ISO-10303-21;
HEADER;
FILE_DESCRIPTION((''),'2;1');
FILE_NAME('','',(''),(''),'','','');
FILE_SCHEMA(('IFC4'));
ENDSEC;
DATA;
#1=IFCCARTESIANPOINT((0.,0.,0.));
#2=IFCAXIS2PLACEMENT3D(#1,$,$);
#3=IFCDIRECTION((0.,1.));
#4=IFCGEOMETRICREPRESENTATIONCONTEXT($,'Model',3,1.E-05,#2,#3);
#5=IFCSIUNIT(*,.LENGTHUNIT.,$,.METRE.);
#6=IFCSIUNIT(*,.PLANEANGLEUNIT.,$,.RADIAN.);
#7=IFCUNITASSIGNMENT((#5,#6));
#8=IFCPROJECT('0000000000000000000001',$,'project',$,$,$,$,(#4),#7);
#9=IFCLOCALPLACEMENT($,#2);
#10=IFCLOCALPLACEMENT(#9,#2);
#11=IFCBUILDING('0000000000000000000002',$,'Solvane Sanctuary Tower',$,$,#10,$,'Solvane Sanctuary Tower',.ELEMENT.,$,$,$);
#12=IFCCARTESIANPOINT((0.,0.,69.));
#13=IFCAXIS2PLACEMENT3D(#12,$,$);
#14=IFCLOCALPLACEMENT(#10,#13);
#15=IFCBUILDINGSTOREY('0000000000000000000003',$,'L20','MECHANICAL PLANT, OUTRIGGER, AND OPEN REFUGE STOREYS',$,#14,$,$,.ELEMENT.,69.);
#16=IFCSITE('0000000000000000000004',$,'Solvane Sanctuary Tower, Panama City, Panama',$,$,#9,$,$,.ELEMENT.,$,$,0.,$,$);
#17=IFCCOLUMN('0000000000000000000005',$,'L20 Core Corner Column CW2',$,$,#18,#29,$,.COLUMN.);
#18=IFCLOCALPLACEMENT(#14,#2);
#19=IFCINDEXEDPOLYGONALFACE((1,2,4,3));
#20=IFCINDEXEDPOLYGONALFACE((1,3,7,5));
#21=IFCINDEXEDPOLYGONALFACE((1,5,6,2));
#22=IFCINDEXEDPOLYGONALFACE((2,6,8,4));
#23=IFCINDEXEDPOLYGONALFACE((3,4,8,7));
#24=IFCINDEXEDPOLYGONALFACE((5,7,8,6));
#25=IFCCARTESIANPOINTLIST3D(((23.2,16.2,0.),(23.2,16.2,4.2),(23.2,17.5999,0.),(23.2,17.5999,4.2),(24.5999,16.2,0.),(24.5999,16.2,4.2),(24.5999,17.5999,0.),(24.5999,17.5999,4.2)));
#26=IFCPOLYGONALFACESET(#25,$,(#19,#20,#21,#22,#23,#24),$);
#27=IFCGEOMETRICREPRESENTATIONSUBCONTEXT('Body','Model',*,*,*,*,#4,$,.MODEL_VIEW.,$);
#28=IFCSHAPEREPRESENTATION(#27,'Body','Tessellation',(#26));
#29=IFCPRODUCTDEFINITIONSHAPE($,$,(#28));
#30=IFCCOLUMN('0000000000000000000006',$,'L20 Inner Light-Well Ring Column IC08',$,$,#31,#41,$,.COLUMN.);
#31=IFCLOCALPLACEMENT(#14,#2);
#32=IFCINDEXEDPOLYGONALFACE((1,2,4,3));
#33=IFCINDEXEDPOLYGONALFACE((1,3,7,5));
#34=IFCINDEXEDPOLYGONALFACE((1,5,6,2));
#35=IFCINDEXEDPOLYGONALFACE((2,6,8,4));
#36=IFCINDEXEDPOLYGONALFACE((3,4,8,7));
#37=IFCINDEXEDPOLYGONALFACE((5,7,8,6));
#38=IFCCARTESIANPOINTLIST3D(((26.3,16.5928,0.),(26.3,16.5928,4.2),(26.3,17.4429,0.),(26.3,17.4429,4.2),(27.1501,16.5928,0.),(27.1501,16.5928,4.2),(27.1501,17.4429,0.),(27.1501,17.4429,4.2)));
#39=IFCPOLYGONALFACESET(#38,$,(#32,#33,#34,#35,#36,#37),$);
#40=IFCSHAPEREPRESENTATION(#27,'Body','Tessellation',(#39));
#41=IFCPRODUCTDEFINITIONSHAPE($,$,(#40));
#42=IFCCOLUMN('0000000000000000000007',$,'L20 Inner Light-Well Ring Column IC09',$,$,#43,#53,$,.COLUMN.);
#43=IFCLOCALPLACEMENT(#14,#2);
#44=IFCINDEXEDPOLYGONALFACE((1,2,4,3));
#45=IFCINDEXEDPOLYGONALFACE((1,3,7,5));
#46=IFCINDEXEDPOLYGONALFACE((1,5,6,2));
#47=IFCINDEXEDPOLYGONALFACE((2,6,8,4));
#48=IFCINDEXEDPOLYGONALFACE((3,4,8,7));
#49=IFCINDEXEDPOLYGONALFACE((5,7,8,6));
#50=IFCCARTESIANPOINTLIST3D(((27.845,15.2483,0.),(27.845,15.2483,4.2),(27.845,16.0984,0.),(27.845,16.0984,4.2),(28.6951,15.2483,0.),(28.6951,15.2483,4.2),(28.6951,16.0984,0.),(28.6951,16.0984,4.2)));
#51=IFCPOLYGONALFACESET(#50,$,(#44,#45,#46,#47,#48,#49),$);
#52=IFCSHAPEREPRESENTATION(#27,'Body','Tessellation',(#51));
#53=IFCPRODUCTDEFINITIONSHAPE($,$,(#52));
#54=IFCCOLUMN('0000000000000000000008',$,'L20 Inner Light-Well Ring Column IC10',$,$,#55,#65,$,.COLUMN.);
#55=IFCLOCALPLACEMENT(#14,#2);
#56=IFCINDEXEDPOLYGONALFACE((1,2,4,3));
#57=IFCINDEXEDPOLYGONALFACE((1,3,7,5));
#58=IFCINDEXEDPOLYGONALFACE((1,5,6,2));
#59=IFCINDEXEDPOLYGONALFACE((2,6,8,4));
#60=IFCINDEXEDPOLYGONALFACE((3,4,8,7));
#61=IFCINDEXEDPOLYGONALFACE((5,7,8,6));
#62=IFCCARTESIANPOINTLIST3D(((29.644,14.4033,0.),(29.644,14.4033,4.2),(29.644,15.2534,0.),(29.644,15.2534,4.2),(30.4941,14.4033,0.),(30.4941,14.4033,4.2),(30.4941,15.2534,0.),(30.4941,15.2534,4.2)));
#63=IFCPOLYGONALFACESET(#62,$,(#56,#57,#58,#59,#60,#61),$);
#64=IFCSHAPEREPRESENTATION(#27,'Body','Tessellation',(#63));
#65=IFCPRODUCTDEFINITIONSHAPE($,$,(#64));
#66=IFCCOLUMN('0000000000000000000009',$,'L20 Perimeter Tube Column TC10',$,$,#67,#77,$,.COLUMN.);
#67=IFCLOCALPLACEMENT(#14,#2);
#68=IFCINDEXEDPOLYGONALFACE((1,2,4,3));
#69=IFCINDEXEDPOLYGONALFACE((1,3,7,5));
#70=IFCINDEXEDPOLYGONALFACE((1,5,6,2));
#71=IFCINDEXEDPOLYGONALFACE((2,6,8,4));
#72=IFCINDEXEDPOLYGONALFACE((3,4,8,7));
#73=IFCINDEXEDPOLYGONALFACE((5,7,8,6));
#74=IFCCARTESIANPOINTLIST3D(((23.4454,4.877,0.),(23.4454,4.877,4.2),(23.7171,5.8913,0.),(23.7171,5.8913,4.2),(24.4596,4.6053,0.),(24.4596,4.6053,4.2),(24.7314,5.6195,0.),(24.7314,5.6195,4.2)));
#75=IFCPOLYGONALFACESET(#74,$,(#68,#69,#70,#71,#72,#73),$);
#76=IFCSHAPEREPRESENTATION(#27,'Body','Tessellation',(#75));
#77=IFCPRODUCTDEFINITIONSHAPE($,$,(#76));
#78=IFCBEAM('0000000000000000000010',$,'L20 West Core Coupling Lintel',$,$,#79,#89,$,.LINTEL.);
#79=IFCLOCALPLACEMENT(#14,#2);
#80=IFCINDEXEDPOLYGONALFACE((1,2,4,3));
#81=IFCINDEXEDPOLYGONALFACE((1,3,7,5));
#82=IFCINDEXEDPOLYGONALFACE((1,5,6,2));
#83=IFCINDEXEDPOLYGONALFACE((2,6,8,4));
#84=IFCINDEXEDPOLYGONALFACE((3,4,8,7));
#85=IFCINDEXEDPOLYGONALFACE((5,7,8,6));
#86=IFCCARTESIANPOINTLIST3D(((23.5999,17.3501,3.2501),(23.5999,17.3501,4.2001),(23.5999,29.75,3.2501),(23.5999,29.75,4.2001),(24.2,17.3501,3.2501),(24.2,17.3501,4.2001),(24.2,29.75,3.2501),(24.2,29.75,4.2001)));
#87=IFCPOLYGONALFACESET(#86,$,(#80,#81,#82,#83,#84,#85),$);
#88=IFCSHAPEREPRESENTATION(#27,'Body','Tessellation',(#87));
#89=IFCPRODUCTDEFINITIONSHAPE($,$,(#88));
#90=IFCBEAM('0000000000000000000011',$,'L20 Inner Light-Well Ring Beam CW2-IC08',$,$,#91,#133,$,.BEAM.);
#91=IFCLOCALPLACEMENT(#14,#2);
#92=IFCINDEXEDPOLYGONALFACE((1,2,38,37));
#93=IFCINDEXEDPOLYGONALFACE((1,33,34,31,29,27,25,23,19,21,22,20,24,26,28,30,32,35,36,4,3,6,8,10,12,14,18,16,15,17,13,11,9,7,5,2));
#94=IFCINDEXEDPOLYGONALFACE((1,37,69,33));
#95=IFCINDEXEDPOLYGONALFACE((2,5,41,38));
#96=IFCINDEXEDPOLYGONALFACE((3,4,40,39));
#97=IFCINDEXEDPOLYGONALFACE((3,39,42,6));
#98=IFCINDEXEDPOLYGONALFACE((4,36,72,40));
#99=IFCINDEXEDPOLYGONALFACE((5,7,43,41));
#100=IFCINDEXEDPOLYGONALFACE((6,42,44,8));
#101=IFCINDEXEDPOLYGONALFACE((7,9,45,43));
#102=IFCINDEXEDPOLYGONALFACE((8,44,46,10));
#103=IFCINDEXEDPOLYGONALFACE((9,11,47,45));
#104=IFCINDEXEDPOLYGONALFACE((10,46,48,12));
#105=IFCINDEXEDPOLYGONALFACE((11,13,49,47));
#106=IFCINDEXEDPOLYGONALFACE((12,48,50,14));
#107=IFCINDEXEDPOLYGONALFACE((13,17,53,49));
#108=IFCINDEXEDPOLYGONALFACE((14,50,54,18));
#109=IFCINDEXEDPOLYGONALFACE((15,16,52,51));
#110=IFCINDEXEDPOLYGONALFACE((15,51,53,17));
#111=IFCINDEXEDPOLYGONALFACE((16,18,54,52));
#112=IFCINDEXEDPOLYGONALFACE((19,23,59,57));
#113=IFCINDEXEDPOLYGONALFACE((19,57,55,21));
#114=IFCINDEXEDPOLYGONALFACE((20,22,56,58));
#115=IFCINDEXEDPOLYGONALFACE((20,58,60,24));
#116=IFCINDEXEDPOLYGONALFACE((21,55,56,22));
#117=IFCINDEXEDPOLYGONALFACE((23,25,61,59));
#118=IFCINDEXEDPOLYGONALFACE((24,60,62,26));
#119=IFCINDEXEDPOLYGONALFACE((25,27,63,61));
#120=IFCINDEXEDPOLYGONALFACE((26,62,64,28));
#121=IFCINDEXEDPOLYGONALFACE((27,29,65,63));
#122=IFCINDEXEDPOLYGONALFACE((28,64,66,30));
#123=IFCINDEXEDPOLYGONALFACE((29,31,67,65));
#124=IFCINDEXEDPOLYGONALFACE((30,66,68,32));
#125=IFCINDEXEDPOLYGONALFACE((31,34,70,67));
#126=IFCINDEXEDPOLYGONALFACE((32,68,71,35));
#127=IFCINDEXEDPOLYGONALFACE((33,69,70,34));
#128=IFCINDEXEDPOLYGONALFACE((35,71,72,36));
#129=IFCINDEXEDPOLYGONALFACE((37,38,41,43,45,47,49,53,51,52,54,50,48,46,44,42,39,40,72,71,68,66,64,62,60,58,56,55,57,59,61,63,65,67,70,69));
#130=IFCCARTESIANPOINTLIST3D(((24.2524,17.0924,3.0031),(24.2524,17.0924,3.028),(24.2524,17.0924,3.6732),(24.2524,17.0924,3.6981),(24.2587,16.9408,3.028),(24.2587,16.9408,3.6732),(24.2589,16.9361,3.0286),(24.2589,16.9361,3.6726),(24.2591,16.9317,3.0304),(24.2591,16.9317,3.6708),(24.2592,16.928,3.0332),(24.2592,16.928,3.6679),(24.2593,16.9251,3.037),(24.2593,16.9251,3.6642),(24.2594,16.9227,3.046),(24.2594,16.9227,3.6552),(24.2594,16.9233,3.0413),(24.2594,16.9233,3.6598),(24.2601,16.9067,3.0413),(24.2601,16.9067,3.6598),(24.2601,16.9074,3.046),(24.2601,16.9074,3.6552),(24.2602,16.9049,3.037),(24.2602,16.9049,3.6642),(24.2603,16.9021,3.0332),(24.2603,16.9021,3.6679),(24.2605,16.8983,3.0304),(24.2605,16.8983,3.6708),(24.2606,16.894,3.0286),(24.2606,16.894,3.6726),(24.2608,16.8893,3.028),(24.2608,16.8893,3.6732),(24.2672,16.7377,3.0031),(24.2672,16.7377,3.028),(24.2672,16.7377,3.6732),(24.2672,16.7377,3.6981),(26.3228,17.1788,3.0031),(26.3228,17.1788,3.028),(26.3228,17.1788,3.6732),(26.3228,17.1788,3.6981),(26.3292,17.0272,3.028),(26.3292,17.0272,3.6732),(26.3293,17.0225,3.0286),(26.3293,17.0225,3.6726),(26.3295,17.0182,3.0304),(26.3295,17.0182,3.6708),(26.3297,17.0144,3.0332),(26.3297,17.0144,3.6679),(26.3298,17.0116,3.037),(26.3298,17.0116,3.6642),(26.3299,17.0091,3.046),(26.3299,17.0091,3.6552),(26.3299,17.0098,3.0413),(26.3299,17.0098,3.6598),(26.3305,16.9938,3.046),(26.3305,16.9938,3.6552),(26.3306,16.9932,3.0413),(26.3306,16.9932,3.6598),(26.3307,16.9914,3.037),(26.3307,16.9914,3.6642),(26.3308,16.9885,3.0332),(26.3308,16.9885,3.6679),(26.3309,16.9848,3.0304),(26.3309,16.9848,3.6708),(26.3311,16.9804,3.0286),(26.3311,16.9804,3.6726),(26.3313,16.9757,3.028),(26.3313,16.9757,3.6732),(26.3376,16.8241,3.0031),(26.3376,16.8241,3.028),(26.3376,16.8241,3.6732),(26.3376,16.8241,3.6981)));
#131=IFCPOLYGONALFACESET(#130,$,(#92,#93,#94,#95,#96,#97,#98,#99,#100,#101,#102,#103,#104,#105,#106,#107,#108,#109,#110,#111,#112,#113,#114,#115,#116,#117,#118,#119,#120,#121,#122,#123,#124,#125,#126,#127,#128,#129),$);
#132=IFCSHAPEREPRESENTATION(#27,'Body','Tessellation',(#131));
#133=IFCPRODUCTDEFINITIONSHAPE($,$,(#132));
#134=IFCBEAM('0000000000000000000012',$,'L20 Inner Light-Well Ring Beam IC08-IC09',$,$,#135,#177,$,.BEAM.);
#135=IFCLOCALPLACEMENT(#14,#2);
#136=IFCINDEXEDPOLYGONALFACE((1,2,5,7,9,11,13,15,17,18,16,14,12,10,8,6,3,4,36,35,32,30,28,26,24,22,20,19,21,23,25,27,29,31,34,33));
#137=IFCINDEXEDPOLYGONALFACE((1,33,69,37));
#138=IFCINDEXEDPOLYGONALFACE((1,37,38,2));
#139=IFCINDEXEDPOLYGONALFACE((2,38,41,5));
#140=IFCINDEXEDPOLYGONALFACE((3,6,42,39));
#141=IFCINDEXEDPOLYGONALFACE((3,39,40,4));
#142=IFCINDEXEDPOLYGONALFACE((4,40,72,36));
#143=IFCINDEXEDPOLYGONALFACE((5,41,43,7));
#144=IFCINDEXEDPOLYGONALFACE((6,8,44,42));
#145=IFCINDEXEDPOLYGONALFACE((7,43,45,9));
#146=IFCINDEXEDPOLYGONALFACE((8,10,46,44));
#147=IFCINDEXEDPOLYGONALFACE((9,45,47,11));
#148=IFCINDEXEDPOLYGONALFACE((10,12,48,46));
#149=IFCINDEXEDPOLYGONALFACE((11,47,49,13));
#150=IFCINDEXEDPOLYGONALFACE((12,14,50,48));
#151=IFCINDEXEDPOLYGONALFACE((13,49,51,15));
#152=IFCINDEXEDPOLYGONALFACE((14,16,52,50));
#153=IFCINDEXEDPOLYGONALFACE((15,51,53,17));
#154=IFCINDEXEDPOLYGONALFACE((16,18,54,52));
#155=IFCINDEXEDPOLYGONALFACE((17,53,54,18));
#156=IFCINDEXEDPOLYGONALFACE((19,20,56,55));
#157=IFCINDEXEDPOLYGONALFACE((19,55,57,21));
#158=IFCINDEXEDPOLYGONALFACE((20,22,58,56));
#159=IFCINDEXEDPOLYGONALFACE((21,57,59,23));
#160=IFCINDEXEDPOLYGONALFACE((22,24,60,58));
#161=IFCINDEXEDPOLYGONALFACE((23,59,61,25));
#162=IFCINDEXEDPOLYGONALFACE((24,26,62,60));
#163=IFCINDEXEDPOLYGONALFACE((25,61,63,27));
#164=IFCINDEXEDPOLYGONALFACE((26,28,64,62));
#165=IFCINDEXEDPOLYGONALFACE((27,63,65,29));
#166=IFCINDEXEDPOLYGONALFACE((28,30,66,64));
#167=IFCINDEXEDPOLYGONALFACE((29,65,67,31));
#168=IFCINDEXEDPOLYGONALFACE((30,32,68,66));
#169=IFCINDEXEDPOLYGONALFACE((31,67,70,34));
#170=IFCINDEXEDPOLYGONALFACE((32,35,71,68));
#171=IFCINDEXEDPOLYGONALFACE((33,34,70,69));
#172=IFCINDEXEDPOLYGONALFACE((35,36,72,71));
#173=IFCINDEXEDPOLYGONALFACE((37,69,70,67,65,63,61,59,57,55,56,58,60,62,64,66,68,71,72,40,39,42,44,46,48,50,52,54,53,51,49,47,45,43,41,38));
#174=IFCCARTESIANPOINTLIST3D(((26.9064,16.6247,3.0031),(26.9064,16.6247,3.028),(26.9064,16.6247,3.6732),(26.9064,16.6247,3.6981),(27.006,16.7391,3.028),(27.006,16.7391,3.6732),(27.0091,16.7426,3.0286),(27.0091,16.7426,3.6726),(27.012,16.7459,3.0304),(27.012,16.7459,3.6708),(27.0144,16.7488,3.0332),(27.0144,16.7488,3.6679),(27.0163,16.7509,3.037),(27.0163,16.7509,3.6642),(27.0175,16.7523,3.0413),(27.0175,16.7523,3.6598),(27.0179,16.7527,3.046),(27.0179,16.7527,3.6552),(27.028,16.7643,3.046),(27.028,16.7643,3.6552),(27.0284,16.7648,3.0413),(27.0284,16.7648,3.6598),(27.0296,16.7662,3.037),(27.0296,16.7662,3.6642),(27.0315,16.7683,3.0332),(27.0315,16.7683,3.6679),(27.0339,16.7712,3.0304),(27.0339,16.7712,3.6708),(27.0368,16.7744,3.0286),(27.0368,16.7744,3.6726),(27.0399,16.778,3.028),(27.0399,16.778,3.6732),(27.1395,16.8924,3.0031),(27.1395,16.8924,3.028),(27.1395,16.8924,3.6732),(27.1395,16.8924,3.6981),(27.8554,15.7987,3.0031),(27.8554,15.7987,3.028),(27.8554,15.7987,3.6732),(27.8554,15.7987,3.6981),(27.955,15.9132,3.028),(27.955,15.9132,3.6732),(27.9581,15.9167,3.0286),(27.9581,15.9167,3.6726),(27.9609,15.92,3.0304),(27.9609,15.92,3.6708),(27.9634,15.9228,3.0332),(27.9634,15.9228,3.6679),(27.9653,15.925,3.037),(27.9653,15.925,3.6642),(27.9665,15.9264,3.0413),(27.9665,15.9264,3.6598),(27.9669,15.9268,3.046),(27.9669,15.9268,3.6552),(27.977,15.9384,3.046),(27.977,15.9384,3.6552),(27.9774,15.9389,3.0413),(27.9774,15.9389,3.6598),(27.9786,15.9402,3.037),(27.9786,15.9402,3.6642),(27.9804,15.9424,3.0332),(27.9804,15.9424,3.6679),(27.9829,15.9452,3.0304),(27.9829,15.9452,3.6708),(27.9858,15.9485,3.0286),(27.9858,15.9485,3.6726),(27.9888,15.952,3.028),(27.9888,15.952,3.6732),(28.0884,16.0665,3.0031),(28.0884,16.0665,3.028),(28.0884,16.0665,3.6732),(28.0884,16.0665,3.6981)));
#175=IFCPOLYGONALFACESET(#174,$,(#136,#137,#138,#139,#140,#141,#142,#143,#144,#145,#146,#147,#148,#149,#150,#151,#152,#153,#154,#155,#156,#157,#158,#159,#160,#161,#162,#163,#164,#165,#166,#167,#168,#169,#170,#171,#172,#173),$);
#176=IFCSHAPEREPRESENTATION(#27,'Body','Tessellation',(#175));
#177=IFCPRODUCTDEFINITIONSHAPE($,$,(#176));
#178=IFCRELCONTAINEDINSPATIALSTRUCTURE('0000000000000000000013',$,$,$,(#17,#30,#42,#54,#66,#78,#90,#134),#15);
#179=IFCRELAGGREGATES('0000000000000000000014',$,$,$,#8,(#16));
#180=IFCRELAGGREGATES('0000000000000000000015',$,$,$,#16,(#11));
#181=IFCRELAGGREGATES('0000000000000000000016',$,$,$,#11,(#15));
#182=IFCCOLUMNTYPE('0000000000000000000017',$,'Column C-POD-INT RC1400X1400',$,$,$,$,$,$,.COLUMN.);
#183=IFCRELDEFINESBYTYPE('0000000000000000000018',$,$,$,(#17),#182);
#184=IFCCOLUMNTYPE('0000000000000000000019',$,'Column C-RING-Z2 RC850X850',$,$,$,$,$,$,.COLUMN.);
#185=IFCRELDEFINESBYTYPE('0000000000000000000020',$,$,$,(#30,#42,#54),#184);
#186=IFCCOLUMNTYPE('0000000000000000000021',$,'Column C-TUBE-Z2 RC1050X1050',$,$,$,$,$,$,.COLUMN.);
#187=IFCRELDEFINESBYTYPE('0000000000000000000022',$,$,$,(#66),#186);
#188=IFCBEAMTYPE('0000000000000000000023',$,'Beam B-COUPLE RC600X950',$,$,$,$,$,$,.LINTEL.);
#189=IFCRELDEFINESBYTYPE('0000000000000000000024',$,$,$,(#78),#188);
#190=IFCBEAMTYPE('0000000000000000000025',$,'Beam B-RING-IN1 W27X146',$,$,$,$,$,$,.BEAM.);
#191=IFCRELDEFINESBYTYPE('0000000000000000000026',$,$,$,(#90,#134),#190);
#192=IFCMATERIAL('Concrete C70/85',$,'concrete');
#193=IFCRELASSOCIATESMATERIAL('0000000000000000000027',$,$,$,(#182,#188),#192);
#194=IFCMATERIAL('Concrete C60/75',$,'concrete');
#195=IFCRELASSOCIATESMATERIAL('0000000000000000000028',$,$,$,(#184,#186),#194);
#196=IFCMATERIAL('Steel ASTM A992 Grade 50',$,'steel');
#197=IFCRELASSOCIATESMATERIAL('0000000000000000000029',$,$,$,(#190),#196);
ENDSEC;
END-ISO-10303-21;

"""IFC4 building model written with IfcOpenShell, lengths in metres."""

from ifc_helpers import new_model, si_unit, direction, frame, origin, origin_2d, place, context, subcontext, project, spatial, rectangle, i_section, extrude, material, material_profile, profile_set, type_object, element, save


model = new_model("IFC4")

# Units and contexts
model_context = context("Model", 3, precision=1e-05, world=origin(), true_north=direction((0.0, 1.0)))
body_context = subcontext(model_context, "Body", "Model", "MODEL_VIEW")
ifc_project = project(units=[si_unit("LENGTHUNIT", "METRE"), si_unit("PLANEANGLEUNIT", "RADIAN")], contexts=[model_context])

# Site, building, storey
site_placement = place(None, origin())
site = spatial("IfcSite", under=ifc_project, at=site_placement, Name="Solvane Sanctuary Tower, Panama City, Panama", CompositionType="ELEMENT", RefElevation=0.0)
building_placement = place(site_placement, origin())
building = spatial("IfcBuilding", under=site, at=building_placement, Name="Solvane Sanctuary Tower", LongName="Solvane Sanctuary Tower", CompositionType="ELEMENT")
storey_placement = place(building_placement, frame((0.0, 0.0, 69.0)))
storey = spatial("IfcBuildingStorey", under=building, at=storey_placement, Name="L20", Description="MECHANICAL PLANT, OUTRIGGER, AND OPEN REFUGE STOREYS", CompositionType="ELEMENT", Elevation=69.0)

# Columns
ifc_material_1 = material(Name="Concrete C70/85", Category="concrete")
ifc_material_profile_1 = material_profile(ifc_material_1, rectangle(XDim=1.3999, YDim=1.3999, at=origin_2d()), Name="RC1400X1400")
ifc_profile_set_1 = profile_set([ifc_material_profile_1], Name="Concrete C70/85")
column_type_1 = type_object("IfcColumnType", Name="Column C-POD-INT RC1400X1400", PredefinedType="COLUMN", material=ifc_profile_set_1)
column_1_placement = place(storey_placement, frame((23.8999, 16.8999, 0.0), z_axis=(0.0, 0.0, 1.0), x_axis=(1.0, 0.0, 0.0)))
element("IfcColumn", 1, at=column_1_placement, inside=storey, type_object=column_type_1, Name="L20 Core Corner Column CW2", PredefinedType="COLUMN", context=body_context, shape_type="SweptSolid", body=[
    extrude(rectangle(XDim=1.3999, YDim=1.3999, at=origin_2d()), origin(), (0.0, 0.0, 1.0), 4.2),
])
ifc_material_2 = material(Name="Concrete C60/75", Category="concrete")
ifc_material_profile_2 = material_profile(ifc_material_2, rectangle(XDim=0.8501, YDim=0.8501, at=origin_2d()), Name="RC850X850")
ifc_profile_set_2 = profile_set([ifc_material_profile_2], Name="Concrete C60/75")
column_type_2 = type_object("IfcColumnType", Name="Column C-RING-Z2 RC850X850", PredefinedType="COLUMN", material=ifc_profile_set_2)
for number, where, z_axis, x_axis, name in (
    (2, (26.7251, 17.0178, 0.0), (0.0, 0.0, 1.0), (1.0, 0.0, 0.0), "L20 Inner Light-Well Ring Column IC08"),
    (3, (28.27, 15.6733, 0.0), (0.0, 0.0, 1.0), (1.0, 0.0, 0.0), "L20 Inner Light-Well Ring Column IC09"),
    (4, (30.0691, 14.8284, 0.0), (0.0, 0.0, 1.0), (1.0, 0.0, 0.0), "L20 Inner Light-Well Ring Column IC10"),
):
    element("IfcColumn", number, at=place(storey_placement, frame(where, z_axis=z_axis, x_axis=x_axis)), inside=storey, type_object=column_type_2, Name=name, PredefinedType="COLUMN", context=body_context, shape_type="SweptSolid", body=[
        extrude(rectangle(XDim=0.8501, YDim=0.8501, at=origin_2d()), origin(), (0.0, 0.0, 1.0), 4.2),
    ])
ifc_material_profile_3 = material_profile(ifc_material_2, rectangle(XDim=1.05, YDim=1.05, at=origin_2d()), Name="RC1050X1050")
ifc_profile_set_3 = profile_set([ifc_material_profile_3], Name="Concrete C60/75")
column_type_3 = type_object("IfcColumnType", Name="Column C-TUBE-Z2 RC1050X1050", PredefinedType="COLUMN", material=ifc_profile_set_3)
column_2_placement = place(storey_placement, frame((24.0884, 5.2483, 0.0), z_axis=(0.0, 0.0, 1.0), x_axis=(-0.258819, -0.965926, 0.0)))
element("IfcColumn", 5, at=column_2_placement, inside=storey, type_object=column_type_3, Name="L20 Perimeter Tube Column TC10", PredefinedType="COLUMN", context=body_context, shape_type="SweptSolid", body=[
    extrude(rectangle(XDim=1.05, YDim=1.05, at=origin_2d()), origin(), (0.0, 0.0, 1.0), 4.2),
])

# Beams
ifc_material_profile_4 = material_profile(ifc_material_1, rectangle(XDim=0.6001, YDim=0.95, at=origin_2d()), Name="RC600X950")
ifc_profile_set_4 = profile_set([ifc_material_profile_4], Name="Concrete C70/85")
beam_type_1 = type_object("IfcBeamType", Name="Beam B-COUPLE RC600X950", PredefinedType="LINTEL", material=ifc_profile_set_4)
beam_1_placement = place(storey_placement, frame((23.8999, 17.3501, 3.7251), z_axis=(0.0, 1.0, 0.0), x_axis=(-1.0, 0.0, 0.0)))
element("IfcBeam", 6, at=beam_1_placement, inside=storey, type_object=beam_type_1, Name="L20 West Core Coupling Lintel", PredefinedType="LINTEL", context=body_context, shape_type="SweptSolid", body=[
    extrude(rectangle(XDim=0.6001, YDim=0.95, at=origin_2d()), origin(), (0.0, 0.0, 1.0), 12.3999),
])
ifc_material_3 = material(Name="Steel ASTM A992 Grade 50", Category="steel")
ifc_material_profile_5 = material_profile(ifc_material_3, i_section(OverallWidth=0.355, OverallDepth=0.6951, WebThickness=0.0154, FlangeThickness=0.0249, FilletRadius=0.0181, at=origin_2d()), Name="W27X146")
ifc_profile_set_5 = profile_set([ifc_material_profile_5], Name="Steel ASTM A992 Grade 50")
beam_type_2 = type_object("IfcBeamType", Name="Beam B-RING-IN1 W27X146", PredefinedType="BEAM", material=ifc_profile_set_5)
beam_2_placement = place(storey_placement, frame((24.2598, 16.915, 3.3506), z_axis=(0.99913, 0.041704, 0.0), x_axis=(-0.041704, 0.99913, 0.0)))
element("IfcBeam", 7, at=beam_2_placement, inside=storey, type_object=beam_type_2, Name="L20 Inner Light-Well Ring Beam CW2-IC08", PredefinedType="BEAM", context=body_context, shape_type="SweptSolid", body=[
    extrude(i_section(OverallWidth=0.355, OverallDepth=0.6951, WebThickness=0.0154, FlangeThickness=0.0249, FilletRadius=0.0181, at=origin_2d()), origin(), (0.0, 0.0, 1.0), 2.0723),
])
beam_3_placement = place(storey_placement, frame((27.0229, 16.7585, 3.3506), z_axis=(0.754317, -0.65651, 0.0), x_axis=(0.65651, 0.754317, 0.0)))
element("IfcBeam", 8, at=beam_3_placement, inside=storey, type_object=beam_type_2, Name="L20 Inner Light-Well Ring Beam IC08-IC09", PredefinedType="BEAM", context=body_context, shape_type="SweptSolid", body=[
    extrude(i_section(OverallWidth=0.355, OverallDepth=0.6951, WebThickness=0.0154, FlangeThickness=0.0249, FilletRadius=0.0181, at=origin_2d()), origin(), (0.0, 0.0, 1.0), 1.2581),
])

save(model, "model.ifc")
